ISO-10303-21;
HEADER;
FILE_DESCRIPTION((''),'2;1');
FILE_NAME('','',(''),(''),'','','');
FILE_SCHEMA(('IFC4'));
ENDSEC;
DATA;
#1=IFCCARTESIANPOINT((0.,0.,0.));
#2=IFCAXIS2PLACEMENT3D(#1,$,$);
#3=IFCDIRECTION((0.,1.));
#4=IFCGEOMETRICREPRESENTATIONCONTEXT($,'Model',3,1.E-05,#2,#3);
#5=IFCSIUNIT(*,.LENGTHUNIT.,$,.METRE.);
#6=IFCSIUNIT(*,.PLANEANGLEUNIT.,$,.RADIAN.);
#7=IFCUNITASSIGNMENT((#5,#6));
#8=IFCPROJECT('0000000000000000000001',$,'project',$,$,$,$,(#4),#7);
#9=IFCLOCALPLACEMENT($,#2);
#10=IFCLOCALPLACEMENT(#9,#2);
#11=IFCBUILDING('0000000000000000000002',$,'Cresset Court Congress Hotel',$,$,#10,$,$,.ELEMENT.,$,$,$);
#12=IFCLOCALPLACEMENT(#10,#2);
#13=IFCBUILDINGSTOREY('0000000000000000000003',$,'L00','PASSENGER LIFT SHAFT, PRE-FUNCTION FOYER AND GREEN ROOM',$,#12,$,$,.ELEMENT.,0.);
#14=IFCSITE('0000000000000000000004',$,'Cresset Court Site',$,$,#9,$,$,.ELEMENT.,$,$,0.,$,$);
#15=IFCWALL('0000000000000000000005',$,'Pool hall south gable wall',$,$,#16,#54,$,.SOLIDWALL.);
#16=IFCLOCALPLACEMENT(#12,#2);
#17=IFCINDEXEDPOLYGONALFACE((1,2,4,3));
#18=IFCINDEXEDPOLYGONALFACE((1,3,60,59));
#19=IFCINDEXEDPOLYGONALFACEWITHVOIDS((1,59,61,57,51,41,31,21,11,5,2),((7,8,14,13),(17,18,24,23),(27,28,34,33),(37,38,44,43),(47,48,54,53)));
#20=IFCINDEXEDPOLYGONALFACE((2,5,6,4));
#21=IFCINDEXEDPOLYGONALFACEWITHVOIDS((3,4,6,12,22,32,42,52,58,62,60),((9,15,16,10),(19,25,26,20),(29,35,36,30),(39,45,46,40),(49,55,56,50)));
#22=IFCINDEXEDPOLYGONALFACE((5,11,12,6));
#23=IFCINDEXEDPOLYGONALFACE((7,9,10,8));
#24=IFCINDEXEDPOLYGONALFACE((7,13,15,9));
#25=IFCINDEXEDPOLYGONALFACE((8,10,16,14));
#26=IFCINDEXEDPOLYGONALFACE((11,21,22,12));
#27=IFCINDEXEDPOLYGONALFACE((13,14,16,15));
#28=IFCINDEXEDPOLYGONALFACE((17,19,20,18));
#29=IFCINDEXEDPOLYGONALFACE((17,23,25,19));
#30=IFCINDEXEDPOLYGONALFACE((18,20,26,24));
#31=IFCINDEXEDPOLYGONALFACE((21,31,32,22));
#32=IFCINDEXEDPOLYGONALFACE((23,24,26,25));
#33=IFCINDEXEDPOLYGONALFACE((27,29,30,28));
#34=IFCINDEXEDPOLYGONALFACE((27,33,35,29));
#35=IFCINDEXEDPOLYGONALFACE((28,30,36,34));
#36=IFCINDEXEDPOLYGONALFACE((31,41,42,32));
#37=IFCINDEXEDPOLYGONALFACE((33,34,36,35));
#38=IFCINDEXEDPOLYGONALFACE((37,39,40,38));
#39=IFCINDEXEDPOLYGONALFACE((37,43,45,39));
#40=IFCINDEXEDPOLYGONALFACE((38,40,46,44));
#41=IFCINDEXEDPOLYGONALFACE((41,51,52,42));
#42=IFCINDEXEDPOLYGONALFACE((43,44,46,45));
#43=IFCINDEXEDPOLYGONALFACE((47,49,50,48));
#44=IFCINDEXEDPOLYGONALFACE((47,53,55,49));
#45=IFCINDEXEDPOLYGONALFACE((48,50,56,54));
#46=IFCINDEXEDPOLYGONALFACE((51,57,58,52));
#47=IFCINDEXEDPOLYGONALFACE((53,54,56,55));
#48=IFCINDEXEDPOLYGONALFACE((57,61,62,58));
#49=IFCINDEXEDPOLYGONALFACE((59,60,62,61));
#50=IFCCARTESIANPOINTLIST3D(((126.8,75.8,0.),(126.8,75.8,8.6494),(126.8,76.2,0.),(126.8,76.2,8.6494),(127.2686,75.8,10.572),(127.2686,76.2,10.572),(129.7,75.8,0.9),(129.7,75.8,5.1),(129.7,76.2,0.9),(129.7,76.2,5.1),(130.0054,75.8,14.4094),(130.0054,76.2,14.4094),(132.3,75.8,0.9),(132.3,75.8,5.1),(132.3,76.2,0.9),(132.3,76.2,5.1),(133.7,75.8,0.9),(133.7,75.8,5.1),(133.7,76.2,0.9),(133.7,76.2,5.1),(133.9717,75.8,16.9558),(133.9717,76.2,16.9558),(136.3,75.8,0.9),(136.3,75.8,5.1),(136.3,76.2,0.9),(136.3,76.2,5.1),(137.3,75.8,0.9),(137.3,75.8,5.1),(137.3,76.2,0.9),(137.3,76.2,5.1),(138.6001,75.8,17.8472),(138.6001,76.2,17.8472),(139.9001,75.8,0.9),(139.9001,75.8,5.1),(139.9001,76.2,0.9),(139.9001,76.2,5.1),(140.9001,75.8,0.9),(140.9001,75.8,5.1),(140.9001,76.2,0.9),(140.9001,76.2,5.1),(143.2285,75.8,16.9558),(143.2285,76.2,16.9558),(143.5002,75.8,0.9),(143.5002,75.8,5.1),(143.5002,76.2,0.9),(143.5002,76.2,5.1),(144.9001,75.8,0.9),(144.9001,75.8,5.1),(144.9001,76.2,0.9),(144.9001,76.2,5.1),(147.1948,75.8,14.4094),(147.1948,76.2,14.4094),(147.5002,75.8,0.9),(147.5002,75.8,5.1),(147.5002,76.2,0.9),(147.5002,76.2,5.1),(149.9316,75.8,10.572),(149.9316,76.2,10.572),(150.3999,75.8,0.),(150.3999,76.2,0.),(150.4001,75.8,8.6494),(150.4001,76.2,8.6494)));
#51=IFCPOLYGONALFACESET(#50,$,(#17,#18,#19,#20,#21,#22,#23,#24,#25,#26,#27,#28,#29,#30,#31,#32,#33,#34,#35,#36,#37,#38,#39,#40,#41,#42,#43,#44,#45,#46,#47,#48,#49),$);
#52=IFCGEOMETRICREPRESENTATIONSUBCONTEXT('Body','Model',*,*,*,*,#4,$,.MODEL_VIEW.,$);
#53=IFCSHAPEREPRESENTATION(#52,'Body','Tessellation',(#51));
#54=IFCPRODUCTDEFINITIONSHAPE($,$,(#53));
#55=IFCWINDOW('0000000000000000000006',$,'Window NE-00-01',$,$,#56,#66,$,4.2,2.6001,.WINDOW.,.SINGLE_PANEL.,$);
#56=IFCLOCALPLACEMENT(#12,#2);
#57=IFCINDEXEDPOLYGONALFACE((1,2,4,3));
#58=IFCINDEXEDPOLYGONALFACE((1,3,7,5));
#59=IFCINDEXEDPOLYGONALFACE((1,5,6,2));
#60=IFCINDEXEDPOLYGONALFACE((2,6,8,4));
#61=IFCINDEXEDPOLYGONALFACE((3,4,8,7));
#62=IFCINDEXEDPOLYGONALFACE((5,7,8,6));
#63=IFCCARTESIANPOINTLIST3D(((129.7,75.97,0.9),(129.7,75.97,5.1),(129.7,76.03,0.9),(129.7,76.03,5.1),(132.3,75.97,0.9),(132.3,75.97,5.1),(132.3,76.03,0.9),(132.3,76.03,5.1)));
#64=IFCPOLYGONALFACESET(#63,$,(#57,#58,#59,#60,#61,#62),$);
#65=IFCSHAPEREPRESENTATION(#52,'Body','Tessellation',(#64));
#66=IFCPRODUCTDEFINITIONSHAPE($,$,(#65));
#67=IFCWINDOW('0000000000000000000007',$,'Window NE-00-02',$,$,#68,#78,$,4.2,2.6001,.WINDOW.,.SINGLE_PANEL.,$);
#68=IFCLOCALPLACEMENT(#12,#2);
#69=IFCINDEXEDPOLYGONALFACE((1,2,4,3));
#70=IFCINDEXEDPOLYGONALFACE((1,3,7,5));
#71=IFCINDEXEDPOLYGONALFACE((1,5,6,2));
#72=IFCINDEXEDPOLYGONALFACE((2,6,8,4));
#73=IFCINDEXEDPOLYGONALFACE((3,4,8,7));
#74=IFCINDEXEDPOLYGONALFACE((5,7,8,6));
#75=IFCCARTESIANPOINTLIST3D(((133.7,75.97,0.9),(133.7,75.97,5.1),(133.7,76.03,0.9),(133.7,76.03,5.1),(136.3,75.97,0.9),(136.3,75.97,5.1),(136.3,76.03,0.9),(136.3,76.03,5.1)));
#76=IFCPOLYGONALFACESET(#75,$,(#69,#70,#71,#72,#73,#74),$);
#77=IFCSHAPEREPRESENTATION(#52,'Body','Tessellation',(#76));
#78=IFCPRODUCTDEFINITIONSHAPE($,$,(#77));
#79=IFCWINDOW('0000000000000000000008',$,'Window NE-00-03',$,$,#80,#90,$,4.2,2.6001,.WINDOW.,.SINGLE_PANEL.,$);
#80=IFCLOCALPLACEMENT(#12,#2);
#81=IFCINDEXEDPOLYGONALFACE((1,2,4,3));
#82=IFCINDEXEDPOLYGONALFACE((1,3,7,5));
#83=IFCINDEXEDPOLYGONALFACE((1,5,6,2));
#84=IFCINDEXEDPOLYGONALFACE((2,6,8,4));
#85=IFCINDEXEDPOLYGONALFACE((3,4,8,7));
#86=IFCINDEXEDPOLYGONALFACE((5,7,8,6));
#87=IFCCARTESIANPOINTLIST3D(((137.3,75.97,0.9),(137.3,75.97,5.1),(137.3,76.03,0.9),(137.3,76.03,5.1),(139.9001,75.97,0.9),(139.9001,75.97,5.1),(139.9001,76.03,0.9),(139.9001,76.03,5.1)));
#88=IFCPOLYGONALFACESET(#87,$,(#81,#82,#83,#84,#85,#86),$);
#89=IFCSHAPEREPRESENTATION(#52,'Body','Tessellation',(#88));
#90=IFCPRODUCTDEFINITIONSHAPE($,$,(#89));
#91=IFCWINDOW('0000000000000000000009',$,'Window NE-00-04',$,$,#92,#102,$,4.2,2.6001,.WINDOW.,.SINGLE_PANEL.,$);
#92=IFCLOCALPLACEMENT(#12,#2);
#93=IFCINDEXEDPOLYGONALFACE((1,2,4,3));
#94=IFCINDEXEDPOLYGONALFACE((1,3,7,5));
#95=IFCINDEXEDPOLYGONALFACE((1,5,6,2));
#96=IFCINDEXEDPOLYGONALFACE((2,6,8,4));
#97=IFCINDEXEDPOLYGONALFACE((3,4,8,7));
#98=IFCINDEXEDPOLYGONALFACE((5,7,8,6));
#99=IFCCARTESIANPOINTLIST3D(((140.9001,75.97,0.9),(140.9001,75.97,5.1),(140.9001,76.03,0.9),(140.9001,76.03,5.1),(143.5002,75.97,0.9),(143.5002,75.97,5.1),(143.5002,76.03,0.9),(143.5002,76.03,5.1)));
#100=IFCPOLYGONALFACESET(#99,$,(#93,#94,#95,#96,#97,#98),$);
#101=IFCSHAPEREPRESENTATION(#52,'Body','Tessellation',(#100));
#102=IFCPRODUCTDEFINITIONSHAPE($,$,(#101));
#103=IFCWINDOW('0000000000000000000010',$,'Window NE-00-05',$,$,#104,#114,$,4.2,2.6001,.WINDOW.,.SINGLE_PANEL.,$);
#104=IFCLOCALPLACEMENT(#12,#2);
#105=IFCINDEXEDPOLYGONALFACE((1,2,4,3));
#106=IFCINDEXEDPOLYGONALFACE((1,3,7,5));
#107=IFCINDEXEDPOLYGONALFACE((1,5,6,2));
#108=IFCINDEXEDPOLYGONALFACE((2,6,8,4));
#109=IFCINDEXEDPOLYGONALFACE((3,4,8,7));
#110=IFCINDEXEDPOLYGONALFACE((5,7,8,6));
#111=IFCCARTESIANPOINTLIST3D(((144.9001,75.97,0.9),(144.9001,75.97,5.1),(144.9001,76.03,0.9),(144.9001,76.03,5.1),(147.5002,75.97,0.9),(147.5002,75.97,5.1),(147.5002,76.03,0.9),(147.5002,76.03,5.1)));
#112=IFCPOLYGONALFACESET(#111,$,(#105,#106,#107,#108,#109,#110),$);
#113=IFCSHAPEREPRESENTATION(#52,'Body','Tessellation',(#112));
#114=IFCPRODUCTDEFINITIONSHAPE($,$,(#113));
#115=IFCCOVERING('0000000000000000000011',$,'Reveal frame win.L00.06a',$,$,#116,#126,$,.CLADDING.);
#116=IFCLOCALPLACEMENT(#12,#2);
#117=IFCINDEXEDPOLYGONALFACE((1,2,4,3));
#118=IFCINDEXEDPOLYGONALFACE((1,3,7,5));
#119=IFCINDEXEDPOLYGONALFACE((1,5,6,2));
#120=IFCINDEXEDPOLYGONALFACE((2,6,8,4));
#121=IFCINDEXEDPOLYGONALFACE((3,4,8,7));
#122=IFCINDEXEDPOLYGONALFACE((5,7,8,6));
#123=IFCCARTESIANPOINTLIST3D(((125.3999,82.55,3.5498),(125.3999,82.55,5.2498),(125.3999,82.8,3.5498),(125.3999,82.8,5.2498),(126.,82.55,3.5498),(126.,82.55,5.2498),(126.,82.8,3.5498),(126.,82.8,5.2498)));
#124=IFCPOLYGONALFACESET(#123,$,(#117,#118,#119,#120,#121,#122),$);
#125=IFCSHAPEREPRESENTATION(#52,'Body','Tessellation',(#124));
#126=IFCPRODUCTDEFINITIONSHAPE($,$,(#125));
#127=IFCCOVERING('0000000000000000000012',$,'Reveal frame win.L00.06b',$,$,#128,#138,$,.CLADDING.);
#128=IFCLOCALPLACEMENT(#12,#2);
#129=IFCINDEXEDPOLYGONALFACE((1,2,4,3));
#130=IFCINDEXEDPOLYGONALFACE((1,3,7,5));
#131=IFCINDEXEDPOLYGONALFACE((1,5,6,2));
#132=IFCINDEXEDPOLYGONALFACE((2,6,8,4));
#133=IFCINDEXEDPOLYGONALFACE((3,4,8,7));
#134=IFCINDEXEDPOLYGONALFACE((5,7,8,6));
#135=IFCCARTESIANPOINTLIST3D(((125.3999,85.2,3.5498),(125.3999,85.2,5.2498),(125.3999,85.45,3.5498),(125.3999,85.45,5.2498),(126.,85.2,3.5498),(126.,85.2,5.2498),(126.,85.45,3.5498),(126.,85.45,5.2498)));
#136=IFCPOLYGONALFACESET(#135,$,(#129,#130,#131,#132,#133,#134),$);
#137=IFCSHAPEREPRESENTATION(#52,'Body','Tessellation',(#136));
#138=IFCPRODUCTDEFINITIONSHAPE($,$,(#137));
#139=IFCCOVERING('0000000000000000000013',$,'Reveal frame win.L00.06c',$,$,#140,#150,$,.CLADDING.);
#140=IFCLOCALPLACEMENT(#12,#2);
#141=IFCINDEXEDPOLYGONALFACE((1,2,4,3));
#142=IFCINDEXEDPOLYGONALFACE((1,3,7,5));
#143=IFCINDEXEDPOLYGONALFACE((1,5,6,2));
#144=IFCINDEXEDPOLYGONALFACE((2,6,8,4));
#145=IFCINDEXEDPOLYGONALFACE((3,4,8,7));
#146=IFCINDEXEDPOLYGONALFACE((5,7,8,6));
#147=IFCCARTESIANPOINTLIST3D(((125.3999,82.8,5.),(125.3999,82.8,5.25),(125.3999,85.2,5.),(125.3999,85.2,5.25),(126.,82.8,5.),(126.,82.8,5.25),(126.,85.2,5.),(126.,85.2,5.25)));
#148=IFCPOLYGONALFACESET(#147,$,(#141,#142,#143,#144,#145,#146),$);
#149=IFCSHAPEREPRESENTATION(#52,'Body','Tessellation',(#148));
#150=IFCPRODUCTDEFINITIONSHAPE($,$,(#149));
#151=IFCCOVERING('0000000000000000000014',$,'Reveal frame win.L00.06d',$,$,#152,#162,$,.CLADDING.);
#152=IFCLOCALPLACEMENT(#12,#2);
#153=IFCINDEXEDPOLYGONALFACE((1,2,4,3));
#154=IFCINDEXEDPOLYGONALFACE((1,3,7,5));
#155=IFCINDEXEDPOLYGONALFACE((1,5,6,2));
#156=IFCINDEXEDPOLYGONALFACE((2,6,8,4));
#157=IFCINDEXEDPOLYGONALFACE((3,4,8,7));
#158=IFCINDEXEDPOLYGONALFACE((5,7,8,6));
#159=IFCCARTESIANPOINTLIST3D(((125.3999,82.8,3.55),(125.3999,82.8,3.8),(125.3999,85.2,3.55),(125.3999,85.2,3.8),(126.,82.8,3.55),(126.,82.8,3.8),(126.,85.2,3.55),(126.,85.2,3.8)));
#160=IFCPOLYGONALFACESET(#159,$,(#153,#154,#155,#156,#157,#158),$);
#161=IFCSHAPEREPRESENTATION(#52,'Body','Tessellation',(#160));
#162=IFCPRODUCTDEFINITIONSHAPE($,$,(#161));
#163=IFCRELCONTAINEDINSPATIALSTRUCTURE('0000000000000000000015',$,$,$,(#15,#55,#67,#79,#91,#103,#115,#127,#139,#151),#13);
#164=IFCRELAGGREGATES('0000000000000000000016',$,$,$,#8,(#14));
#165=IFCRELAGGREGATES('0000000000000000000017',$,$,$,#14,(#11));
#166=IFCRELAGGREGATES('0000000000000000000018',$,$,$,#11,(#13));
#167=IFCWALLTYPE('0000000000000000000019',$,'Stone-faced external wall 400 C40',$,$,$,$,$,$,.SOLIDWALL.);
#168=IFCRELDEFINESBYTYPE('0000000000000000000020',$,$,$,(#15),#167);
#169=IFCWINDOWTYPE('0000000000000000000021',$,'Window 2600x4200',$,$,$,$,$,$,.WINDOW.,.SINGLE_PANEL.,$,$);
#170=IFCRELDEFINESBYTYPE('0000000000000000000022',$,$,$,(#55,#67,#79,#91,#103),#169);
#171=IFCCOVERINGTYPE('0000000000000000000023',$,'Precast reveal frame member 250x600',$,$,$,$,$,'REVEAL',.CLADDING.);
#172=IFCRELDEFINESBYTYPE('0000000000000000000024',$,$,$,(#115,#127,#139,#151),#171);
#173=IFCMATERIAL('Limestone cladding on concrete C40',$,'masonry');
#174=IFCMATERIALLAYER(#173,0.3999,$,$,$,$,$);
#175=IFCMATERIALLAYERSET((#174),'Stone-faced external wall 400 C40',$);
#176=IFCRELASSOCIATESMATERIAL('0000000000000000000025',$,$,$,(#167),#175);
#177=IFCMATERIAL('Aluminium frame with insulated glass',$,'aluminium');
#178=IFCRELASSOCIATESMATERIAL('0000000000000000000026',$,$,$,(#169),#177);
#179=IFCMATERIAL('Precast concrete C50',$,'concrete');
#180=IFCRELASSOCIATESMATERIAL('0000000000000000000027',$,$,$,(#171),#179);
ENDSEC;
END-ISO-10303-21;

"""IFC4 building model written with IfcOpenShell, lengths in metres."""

from ifc_helpers import new_model, si_unit, direction, frame, frame_2d, origin, origin_2d, place, context, subcontext, project, spatial, polyline, rectangle, outline, extrude, material, layer, layer_set, type_object, element, fill, save


model = new_model("IFC4")

# Units and contexts
model_context = context("Model", 3, precision=1e-05, world=origin(), true_north=direction((0.0, 1.0)))
body_context = subcontext(model_context, "Body", "Model", "MODEL_VIEW")
ifc_project = project(units=[si_unit("LENGTHUNIT", "METRE"), si_unit("PLANEANGLEUNIT", "RADIAN")], contexts=[model_context])

# Site, building, storey
site_placement = place(None, origin())
site = spatial("IfcSite", under=ifc_project, at=site_placement, Name="Cresset Court Site", CompositionType="ELEMENT", RefElevation=0.0)
building_placement = place(site_placement, origin())
building = spatial("IfcBuilding", under=site, at=building_placement, Name="Cresset Court Congress Hotel", CompositionType="ELEMENT")
storey_placement = place(building_placement, origin())
storey = spatial("IfcBuildingStorey", under=building, at=storey_placement, Name="L00", Description="PASSENGER LIFT SHAFT, PRE-FUNCTION FOYER AND GREEN ROOM", CompositionType="ELEMENT", Elevation=0.0)

# Wall, openings, windows
ifc_material_1 = material(Name="Limestone cladding on concrete C40", Category="masonry")
ifc_layer_1 = layer(ifc_material_1, 0.3999)
ifc_layer_set_1 = layer_set([ifc_layer_1], Name="Stone-faced external wall 400 C40")
wall_type_1 = type_object("IfcWallType", Name="Stone-faced external wall 400 C40", PredefinedType="SOLIDWALL", material=ifc_layer_set_1)
wall_1_placement = place(storey_placement, frame((126.8, 76.0, 0.0), z_axis=(0.0, 0.0, 1.0), x_axis=(1.0, 0.0, 0.0)))
wall_1 = element("IfcWall", 1, at=wall_1_placement, inside=storey, type_object=wall_type_1, Name="Pool hall south gable wall", PredefinedType="SOLIDWALL", context=body_context, shape_type="SweptSolid", body=[
    extrude(outline(polyline([(0.0, 0.0), (23.5999, 0.0), (23.6001, 8.6494), (23.1316, 10.572), (20.3948, 14.4094), (16.4285, 16.9558), (11.8, 17.8472), (7.1716, 16.9558), (3.2053, 14.4094), (0.4685, 10.572), (0.0, 8.6494), (0.0, 0.0)])), frame((0.0, 0.2, 0.0), z_axis=(0.0, -1.0, 0.0), x_axis=(1.0, 0.0, 0.0)), (0.0, 0.0, 1.0), 0.3999),
])
opening_1_placement = place(wall_1_placement, frame((2.8999, 0.0, 0.8999)))
opening_1 = element("IfcOpeningElement", 2, at=opening_1_placement, cuts=wall_1, PredefinedType="OPENING", context=body_context, shape_type="SweptSolid", body=[
    extrude(rectangle(XDim=2.6001, YDim=4.2, at=frame_2d((1.3, 2.1001))), frame((0.0, 0.21, 0.0), z_axis=(0.0, -1.0, 0.0), x_axis=(1.0, 0.0, 0.0)), (0.0, 0.0, 1.0), 0.4199),
])
opening_2_placement = place(wall_1_placement, frame((6.8999, 0.0, 0.8999)))
opening_2 = element("IfcOpeningElement", 3, at=opening_2_placement, cuts=wall_1, PredefinedType="OPENING", context=body_context, shape_type="SweptSolid", body=[
    extrude(rectangle(XDim=2.6001, YDim=4.2, at=frame_2d((1.3, 2.1001))), frame((0.0, 0.21, 0.0), z_axis=(0.0, -1.0, 0.0), x_axis=(1.0, 0.0, 0.0)), (0.0, 0.0, 1.0), 0.4199),
])
opening_3_placement = place(wall_1_placement, frame((10.5, 0.0, 0.8999)))
opening_3 = element("IfcOpeningElement", 4, at=opening_3_placement, cuts=wall_1, PredefinedType="OPENING", context=body_context, shape_type="SweptSolid", body=[
    extrude(rectangle(XDim=2.6001, YDim=4.2, at=frame_2d((1.3, 2.1001))), frame((0.0, 0.21, 0.0), z_axis=(0.0, -1.0, 0.0), x_axis=(1.0, 0.0, 0.0)), (0.0, 0.0, 1.0), 0.4199),
])
opening_4_placement = place(wall_1_placement, frame((14.1001, 0.0, 0.8999)))
opening_4 = element("IfcOpeningElement", 5, at=opening_4_placement, cuts=wall_1, PredefinedType="OPENING", context=body_context, shape_type="SweptSolid", body=[
    extrude(rectangle(XDim=2.6001, YDim=4.2, at=frame_2d((1.3, 2.1001))), frame((0.0, 0.21, 0.0), z_axis=(0.0, -1.0, 0.0), x_axis=(1.0, 0.0, 0.0)), (0.0, 0.0, 1.0), 0.4199),
])
opening_5_placement = place(wall_1_placement, frame((18.1001, 0.0, 0.8999)))
opening_5 = element("IfcOpeningElement", 6, at=opening_5_placement, cuts=wall_1, PredefinedType="OPENING", context=body_context, shape_type="SweptSolid", body=[
    extrude(rectangle(XDim=2.6001, YDim=4.2, at=frame_2d((1.3, 2.1001))), frame((0.0, 0.21, 0.0), z_axis=(0.0, -1.0, 0.0), x_axis=(1.0, 0.0, 0.0)), (0.0, 0.0, 1.0), 0.4199),
])
ifc_material_2 = material(Name="Aluminium frame with insulated glass", Category="aluminium")
window_type_1 = type_object("IfcWindowType", Name="Window 2600x4200", PartitioningType="SINGLE_PANEL", PredefinedType="WINDOW", material=ifc_material_2)
window_1_placement = place(opening_1_placement, origin())
window_1 = element("IfcWindow", 7, at=window_1_placement, inside=storey, type_object=window_type_1, Name="Window NE-00-01", OverallHeight=4.2, OverallWidth=2.6001, PartitioningType="SINGLE_PANEL", PredefinedType="WINDOW", context=body_context, shape_type="SweptSolid", body=[
    extrude(rectangle(XDim=2.6001, YDim=4.2, at=frame_2d((1.3, 2.1001))), frame((0.0, 0.03, 0.0), z_axis=(0.0, -1.0, 0.0), x_axis=(1.0, 0.0, 0.0)), (0.0, 0.0, 1.0), 0.0601),
])
fill(opening_1, window_1)
window_2_placement = place(opening_2_placement, origin())
window_2 = element("IfcWindow", 8, at=window_2_placement, inside=storey, type_object=window_type_1, Name="Window NE-00-02", OverallHeight=4.2, OverallWidth=2.6001, PartitioningType="SINGLE_PANEL", PredefinedType="WINDOW", context=body_context, shape_type="SweptSolid", body=[
    extrude(rectangle(XDim=2.6001, YDim=4.2, at=frame_2d((1.3, 2.1001))), frame((0.0, 0.03, 0.0), z_axis=(0.0, -1.0, 0.0), x_axis=(1.0, 0.0, 0.0)), (0.0, 0.0, 1.0), 0.0601),
])
fill(opening_2, window_2)
window_3_placement = place(opening_3_placement, origin())
window_3 = element("IfcWindow", 9, at=window_3_placement, inside=storey, type_object=window_type_1, Name="Window NE-00-03", OverallHeight=4.2, OverallWidth=2.6001, PartitioningType="SINGLE_PANEL", PredefinedType="WINDOW", context=body_context, shape_type="SweptSolid", body=[
    extrude(rectangle(XDim=2.6001, YDim=4.2, at=frame_2d((1.3, 2.1001))), frame((0.0, 0.03, 0.0), z_axis=(0.0, -1.0, 0.0), x_axis=(1.0, 0.0, 0.0)), (0.0, 0.0, 1.0), 0.0601),
])
fill(opening_3, window_3)
window_4_placement = place(opening_4_placement, origin())
window_4 = element("IfcWindow", 10, at=window_4_placement, inside=storey, type_object=window_type_1, Name="Window NE-00-04", OverallHeight=4.2, OverallWidth=2.6001, PartitioningType="SINGLE_PANEL", PredefinedType="WINDOW", context=body_context, shape_type="SweptSolid", body=[
    extrude(rectangle(XDim=2.6001, YDim=4.2, at=frame_2d((1.3, 2.1001))), frame((0.0, 0.03, 0.0), z_axis=(0.0, -1.0, 0.0), x_axis=(1.0, 0.0, 0.0)), (0.0, 0.0, 1.0), 0.0601),
])
fill(opening_4, window_4)
window_5_placement = place(opening_5_placement, origin())
window_5 = element("IfcWindow", 11, at=window_5_placement, inside=storey, type_object=window_type_1, Name="Window NE-00-05", OverallHeight=4.2, OverallWidth=2.6001, PartitioningType="SINGLE_PANEL", PredefinedType="WINDOW", context=body_context, shape_type="SweptSolid", body=[
    extrude(rectangle(XDim=2.6001, YDim=4.2, at=frame_2d((1.3, 2.1001))), frame((0.0, 0.03, 0.0), z_axis=(0.0, -1.0, 0.0), x_axis=(1.0, 0.0, 0.0)), (0.0, 0.0, 1.0), 0.0601),
])
fill(opening_5, window_5)

# Coverings
ifc_material_3 = material(Name="Precast concrete C50", Category="concrete")
covering_type = type_object("IfcCoveringType", Name="Precast reveal frame member 250x600", ElementType="REVEAL", PredefinedType="CLADDING", material=ifc_material_3)
for number, where, z_axis, x_axis, name in (
    (12, (125.7, 82.675, 3.5498), (0.0, 0.0, 1.0), (0.0, 1.0, 0.0), "Reveal frame win.L00.06a"),
    (13, (125.7, 85.325, 3.5498), (0.0, 0.0, 1.0), (0.0, 1.0, 0.0), "Reveal frame win.L00.06b"),
):
    element("IfcCovering", number, at=place(storey_placement, frame(where, z_axis=z_axis, x_axis=x_axis)), inside=storey, type_object=covering_type, Name=name, PredefinedType="CLADDING", context=body_context, shape_type="SweptSolid", body=[
        extrude(rectangle(XDim=0.25, YDim=0.6001, at=origin_2d()), origin(), (0.0, 0.0, 1.0), 1.7),
    ])
for number, where, z_axis, x_axis, name in (
    (14, (125.7, 84.0, 5.0), (0.0, 0.0, 1.0), (0.0, 1.0, 0.0), "Reveal frame win.L00.06c"),
    (15, (125.7, 84.0, 3.55), (0.0, 0.0, 1.0), (0.0, 1.0, 0.0), "Reveal frame win.L00.06d"),
):
    element("IfcCovering", number, at=place(storey_placement, frame(where, z_axis=z_axis, x_axis=x_axis)), inside=storey, type_object=covering_type, Name=name, PredefinedType="CLADDING", context=body_context, shape_type="SweptSolid", body=[
        extrude(rectangle(XDim=2.3999, YDim=0.6001, at=origin_2d()), origin(), (0.0, 0.0, 1.0), 0.25),
    ])

save(model, "model.ifc")
